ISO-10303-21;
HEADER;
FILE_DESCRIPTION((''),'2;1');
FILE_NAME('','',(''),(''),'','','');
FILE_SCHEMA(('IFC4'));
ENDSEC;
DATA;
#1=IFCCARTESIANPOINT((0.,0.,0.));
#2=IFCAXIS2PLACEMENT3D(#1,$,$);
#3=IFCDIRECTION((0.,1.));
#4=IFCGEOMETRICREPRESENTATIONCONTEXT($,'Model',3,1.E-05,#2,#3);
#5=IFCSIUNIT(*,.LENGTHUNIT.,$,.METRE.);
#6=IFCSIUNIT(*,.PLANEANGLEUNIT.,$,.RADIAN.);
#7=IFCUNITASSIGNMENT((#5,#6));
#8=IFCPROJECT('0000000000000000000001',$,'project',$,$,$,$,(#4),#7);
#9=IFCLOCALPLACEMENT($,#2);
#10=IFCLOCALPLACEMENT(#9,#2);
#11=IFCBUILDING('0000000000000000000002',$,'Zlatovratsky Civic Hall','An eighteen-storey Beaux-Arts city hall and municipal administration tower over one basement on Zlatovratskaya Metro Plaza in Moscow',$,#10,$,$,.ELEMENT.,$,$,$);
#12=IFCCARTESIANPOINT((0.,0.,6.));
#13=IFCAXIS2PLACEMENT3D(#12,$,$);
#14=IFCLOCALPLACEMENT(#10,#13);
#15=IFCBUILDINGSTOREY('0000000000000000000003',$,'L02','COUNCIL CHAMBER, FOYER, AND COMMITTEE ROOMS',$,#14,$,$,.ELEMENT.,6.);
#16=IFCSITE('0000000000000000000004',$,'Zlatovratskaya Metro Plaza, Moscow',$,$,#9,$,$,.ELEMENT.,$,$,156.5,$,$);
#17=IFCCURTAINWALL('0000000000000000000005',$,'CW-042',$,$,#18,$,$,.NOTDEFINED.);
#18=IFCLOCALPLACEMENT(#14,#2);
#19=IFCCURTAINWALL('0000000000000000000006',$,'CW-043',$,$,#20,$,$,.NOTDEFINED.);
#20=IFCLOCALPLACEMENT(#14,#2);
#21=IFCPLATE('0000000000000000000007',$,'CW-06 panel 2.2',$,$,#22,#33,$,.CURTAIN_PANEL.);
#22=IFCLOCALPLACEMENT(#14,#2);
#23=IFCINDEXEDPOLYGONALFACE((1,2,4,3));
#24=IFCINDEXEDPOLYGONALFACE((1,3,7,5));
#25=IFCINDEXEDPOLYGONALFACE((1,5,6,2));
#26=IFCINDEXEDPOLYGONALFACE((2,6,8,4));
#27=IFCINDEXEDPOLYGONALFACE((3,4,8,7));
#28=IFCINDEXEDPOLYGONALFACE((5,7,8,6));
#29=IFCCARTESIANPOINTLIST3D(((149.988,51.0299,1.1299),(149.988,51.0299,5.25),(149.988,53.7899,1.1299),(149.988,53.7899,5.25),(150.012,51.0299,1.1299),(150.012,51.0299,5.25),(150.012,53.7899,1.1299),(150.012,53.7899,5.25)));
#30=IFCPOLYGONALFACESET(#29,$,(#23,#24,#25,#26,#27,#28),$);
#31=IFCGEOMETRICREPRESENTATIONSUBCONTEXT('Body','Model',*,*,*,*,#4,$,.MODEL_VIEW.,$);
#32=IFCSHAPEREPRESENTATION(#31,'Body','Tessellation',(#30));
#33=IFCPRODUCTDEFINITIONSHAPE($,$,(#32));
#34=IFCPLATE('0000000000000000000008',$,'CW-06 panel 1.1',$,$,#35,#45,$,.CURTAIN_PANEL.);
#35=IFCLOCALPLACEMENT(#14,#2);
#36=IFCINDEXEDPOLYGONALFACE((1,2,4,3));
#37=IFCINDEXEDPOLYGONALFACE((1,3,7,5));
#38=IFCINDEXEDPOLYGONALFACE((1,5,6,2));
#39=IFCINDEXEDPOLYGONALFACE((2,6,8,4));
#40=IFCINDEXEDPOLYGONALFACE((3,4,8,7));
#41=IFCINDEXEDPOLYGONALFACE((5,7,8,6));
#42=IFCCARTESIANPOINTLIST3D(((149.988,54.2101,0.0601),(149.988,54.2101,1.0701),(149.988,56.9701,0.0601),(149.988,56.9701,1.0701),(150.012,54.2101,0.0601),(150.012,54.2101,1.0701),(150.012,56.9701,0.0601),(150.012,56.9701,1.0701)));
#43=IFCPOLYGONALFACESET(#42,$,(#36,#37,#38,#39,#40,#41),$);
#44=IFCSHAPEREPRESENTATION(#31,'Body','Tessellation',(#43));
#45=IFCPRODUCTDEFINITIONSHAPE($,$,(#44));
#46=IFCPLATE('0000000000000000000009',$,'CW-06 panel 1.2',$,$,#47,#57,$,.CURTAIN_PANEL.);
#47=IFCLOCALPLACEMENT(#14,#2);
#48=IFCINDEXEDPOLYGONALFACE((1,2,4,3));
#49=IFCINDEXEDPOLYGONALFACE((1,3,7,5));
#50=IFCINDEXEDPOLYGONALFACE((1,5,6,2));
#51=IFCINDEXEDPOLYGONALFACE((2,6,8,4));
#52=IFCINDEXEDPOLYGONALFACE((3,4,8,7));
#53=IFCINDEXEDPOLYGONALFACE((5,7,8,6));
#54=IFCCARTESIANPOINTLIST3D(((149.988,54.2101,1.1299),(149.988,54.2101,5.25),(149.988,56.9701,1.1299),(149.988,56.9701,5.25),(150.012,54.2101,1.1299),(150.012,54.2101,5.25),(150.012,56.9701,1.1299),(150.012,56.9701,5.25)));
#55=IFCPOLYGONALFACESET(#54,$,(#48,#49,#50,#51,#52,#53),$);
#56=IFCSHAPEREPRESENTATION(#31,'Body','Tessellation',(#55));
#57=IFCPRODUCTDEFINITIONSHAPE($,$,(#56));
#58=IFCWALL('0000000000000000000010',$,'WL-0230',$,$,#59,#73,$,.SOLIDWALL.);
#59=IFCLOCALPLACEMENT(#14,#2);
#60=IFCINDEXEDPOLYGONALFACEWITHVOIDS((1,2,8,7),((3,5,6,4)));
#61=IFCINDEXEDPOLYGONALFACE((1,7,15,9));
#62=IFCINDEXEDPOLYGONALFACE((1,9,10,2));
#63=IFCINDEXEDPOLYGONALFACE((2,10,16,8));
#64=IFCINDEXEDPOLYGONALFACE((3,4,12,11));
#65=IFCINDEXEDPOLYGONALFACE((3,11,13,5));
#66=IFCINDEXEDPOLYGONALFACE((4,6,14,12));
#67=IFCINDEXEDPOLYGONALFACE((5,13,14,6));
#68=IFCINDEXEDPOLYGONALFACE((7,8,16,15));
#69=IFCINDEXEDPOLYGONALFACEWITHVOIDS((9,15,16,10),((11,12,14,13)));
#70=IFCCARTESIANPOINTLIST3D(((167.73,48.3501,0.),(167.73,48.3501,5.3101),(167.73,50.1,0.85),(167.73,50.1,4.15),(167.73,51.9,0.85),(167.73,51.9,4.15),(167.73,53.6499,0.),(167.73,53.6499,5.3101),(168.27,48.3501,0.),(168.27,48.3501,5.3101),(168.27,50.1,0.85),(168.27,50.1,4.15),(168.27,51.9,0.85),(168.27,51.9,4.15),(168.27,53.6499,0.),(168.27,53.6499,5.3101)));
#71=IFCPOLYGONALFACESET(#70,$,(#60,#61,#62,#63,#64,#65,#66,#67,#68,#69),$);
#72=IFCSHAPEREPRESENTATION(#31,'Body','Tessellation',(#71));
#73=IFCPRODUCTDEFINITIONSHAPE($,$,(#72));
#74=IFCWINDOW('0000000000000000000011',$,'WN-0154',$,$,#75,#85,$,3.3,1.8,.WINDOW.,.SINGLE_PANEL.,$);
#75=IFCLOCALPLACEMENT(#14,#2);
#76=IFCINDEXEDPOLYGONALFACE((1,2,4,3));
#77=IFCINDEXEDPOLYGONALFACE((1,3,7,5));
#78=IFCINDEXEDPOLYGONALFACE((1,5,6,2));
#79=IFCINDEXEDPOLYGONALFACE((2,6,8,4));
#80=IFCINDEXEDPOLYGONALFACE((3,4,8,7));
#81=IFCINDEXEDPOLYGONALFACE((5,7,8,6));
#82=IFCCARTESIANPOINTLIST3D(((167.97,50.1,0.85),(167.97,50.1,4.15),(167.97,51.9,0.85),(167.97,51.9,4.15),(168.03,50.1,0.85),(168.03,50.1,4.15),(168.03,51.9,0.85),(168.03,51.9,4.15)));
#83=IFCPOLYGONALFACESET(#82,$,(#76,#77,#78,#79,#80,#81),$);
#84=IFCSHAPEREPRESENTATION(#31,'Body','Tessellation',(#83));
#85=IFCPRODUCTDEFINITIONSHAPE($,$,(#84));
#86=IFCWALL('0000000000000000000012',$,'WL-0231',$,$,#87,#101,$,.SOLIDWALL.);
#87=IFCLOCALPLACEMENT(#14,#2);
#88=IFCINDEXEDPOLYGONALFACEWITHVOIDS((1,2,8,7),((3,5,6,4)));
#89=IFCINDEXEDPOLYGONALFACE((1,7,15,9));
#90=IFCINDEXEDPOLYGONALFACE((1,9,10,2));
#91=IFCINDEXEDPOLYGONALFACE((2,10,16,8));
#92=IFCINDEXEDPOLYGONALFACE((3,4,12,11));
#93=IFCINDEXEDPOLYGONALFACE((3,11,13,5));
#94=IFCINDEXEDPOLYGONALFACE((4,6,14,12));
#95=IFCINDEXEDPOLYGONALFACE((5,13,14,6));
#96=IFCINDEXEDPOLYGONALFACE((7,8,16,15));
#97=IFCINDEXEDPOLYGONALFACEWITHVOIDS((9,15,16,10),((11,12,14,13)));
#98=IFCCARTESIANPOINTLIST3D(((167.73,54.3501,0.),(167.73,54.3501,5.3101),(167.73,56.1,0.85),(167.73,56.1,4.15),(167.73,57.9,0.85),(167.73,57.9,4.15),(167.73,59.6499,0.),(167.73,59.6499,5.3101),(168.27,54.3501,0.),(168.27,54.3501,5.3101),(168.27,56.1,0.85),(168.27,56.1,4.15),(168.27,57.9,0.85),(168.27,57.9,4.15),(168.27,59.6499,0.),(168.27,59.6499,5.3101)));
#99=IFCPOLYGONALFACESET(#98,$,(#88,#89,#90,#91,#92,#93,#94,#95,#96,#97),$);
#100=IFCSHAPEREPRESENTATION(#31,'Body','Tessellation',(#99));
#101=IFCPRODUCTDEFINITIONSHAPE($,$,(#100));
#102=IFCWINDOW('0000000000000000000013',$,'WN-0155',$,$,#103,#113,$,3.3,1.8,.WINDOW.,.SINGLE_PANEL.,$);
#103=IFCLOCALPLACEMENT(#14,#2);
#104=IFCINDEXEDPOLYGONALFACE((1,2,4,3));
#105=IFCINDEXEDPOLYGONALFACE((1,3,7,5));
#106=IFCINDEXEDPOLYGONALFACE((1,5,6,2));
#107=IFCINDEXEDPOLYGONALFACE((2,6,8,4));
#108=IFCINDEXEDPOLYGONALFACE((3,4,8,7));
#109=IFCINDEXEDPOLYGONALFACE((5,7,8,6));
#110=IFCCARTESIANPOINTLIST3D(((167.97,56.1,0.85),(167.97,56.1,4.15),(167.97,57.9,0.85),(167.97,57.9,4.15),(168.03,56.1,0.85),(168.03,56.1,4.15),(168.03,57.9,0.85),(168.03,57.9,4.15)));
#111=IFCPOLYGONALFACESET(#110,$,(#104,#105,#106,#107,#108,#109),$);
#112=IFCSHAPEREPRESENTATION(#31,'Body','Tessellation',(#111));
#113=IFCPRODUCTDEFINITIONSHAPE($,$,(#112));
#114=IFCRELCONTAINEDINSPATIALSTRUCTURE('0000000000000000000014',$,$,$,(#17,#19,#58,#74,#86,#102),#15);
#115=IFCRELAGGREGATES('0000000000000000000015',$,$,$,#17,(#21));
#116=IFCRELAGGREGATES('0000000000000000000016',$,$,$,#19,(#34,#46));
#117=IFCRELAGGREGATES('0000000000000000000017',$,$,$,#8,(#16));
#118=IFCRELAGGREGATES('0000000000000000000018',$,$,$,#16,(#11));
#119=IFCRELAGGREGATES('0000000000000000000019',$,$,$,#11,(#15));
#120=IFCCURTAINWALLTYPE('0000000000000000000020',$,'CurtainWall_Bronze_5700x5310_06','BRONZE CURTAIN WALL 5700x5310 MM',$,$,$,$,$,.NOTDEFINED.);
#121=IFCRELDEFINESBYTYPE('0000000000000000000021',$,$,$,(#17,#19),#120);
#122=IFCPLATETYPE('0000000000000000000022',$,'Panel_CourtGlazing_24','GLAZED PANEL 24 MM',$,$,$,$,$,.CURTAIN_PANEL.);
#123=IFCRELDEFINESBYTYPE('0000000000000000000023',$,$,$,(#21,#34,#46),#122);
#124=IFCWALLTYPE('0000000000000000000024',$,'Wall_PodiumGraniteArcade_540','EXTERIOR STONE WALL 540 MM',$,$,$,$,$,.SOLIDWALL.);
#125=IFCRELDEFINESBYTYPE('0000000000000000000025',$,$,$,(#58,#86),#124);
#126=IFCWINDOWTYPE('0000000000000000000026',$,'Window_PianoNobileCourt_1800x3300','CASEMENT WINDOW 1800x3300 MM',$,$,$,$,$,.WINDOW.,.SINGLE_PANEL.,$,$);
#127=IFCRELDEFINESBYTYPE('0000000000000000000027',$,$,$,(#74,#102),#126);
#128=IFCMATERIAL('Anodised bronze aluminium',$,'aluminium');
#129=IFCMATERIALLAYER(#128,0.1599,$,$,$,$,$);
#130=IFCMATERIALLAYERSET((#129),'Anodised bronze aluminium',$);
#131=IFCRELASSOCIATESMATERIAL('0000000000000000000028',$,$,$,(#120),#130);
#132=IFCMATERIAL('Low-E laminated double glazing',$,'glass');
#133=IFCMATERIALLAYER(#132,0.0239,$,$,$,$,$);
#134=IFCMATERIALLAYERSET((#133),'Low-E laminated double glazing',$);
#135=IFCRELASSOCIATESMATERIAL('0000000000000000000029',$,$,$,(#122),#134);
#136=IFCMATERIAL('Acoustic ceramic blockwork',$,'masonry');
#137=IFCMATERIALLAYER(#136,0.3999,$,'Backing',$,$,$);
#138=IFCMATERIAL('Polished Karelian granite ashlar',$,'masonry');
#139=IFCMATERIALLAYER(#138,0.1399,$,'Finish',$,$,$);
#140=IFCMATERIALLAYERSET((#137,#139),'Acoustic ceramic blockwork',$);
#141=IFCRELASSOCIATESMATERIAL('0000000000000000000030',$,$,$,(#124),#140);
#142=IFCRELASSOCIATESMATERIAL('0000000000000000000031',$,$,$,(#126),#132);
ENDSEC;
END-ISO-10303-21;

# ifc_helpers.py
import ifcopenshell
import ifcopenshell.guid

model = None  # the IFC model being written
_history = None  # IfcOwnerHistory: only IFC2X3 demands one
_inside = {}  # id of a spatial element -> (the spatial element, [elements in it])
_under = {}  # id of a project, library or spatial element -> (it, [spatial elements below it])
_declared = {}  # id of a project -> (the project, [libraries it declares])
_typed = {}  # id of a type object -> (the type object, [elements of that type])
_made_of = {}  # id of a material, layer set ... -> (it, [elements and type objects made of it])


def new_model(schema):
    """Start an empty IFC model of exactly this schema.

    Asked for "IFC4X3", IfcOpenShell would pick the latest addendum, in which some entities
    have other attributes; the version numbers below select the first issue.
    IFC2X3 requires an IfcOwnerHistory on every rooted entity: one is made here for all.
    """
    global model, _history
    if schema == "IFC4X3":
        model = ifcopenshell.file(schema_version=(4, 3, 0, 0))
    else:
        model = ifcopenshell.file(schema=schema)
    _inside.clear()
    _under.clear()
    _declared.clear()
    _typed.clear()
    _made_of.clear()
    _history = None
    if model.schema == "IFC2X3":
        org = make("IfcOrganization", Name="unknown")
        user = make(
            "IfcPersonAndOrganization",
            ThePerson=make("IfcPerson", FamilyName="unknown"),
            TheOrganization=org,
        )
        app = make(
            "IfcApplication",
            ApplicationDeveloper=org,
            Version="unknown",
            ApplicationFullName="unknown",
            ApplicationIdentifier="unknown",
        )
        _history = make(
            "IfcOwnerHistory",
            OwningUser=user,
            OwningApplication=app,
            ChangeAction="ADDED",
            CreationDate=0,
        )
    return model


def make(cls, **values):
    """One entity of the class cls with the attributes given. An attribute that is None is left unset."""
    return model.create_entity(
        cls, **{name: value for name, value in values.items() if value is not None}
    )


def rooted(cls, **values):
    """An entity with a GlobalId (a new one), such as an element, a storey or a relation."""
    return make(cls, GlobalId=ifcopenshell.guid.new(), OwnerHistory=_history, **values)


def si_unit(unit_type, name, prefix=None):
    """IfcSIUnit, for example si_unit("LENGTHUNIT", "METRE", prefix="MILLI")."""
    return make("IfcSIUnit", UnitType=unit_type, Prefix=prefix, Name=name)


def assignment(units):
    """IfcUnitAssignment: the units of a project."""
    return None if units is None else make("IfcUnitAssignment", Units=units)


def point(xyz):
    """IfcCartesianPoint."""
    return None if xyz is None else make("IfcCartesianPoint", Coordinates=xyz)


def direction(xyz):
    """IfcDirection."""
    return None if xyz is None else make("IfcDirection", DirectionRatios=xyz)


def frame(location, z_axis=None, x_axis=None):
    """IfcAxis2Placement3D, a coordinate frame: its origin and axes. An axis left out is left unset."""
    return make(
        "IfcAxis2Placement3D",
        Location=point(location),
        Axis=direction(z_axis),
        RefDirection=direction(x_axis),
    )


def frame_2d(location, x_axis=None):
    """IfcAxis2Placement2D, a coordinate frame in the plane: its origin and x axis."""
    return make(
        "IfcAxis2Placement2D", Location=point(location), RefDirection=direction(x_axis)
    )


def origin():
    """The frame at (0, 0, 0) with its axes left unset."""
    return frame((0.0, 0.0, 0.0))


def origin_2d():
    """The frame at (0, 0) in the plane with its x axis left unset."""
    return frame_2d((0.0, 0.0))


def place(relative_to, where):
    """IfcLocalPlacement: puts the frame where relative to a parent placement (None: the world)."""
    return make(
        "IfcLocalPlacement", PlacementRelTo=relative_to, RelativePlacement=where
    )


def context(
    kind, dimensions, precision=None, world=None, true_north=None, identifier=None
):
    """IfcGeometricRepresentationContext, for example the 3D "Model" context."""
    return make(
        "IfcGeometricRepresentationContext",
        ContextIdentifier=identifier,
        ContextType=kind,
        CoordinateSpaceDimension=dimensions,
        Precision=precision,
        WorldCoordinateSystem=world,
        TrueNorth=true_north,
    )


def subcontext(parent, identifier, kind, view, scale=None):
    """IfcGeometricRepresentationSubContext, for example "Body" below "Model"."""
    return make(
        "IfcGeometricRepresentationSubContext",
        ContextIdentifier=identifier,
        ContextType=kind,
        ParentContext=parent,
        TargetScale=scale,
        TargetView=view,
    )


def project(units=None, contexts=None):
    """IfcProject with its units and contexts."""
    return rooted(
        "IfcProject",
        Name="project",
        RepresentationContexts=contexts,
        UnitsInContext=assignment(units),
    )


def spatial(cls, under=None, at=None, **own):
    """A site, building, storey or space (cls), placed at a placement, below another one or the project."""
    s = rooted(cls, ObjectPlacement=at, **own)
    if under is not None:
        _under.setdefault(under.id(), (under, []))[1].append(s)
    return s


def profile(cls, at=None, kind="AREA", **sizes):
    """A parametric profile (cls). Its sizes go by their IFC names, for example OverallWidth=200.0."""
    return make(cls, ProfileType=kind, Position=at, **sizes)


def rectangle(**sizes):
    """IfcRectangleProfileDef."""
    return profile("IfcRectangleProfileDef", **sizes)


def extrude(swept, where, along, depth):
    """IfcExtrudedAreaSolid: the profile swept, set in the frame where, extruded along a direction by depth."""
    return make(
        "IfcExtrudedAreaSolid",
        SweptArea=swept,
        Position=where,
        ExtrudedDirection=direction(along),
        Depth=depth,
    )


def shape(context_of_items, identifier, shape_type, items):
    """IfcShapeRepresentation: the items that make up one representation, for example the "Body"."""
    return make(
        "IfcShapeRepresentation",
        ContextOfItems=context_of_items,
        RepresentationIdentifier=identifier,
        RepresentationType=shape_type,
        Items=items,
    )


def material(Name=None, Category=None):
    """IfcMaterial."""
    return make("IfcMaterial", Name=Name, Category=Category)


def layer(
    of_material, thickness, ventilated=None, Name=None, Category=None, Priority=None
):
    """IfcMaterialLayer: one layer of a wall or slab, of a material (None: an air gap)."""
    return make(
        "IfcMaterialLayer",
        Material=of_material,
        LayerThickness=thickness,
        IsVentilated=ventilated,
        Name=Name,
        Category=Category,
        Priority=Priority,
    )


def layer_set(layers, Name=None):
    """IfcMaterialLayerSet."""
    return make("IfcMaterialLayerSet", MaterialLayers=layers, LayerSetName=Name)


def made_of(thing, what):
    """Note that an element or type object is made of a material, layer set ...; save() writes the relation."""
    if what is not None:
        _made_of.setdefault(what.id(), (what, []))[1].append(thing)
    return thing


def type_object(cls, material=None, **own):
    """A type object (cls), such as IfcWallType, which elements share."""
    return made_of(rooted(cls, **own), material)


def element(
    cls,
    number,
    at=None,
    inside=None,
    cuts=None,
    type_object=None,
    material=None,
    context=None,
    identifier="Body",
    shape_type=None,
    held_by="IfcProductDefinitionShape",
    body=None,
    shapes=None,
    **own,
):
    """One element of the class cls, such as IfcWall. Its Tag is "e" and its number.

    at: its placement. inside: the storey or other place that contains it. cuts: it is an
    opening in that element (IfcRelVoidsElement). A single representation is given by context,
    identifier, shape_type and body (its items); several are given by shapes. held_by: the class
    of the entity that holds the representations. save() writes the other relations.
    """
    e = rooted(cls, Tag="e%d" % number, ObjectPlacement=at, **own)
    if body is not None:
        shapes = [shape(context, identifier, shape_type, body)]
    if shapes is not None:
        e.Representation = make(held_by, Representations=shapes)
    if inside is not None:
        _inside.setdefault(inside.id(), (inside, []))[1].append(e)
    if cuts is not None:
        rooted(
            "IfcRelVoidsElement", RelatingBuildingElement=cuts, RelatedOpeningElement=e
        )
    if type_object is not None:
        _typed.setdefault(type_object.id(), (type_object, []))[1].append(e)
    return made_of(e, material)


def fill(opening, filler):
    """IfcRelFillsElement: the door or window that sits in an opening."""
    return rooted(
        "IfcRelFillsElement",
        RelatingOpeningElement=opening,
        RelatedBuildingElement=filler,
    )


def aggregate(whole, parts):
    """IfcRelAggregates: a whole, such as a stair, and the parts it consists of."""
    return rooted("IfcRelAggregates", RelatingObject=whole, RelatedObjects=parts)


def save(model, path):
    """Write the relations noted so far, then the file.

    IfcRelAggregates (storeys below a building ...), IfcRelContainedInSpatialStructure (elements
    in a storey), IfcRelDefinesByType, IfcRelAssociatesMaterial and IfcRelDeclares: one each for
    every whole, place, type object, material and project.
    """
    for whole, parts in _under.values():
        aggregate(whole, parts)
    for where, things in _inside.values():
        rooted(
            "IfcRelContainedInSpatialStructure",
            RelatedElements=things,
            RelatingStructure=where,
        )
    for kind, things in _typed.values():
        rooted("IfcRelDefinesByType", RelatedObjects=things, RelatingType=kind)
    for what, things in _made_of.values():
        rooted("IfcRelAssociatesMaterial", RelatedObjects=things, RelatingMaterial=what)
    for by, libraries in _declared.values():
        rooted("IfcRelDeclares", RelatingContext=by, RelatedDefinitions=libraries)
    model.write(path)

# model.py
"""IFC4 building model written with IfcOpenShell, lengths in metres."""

from ifc_helpers import new_model, si_unit, direction, frame, frame_2d, origin, origin_2d, place, context, subcontext, project, spatial, rectangle, extrude, material, layer, layer_set, type_object, element, fill, aggregate, save


model = new_model("IFC4")

# Units and contexts
model_context = context("Model", 3, precision=1e-05, world=origin(), true_north=direction((0.0, 1.0)))
body_context = subcontext(model_context, "Body", "Model", "MODEL_VIEW")
ifc_project = project(units=[si_unit("LENGTHUNIT", "METRE"), si_unit("PLANEANGLEUNIT", "RADIAN")], contexts=[model_context])

# Site, building, storey
site_placement = place(None, origin())
site = spatial("IfcSite", under=ifc_project, at=site_placement, Name="Zlatovratskaya Metro Plaza, Moscow", CompositionType="ELEMENT", RefElevation=156.5)
building_placement = place(site_placement, origin())
building = spatial("IfcBuilding", under=site, at=building_placement, Name="Zlatovratsky Civic Hall", Description="An eighteen-storey Beaux-Arts city hall and municipal administration tower over one basement on Zlatovratskaya Metro Plaza in Moscow", CompositionType="ELEMENT")
storey_placement = place(building_placement, frame((0.0, 0.0, 6.0)))
storey = spatial("IfcBuildingStorey", under=building, at=storey_placement, Name="L02", Description="COUNCIL CHAMBER, FOYER, AND COMMITTEE ROOMS", CompositionType="ELEMENT", Elevation=6.0)

# Curtain walls
ifc_material_1 = material(Name="Anodised bronze aluminium", Category="aluminium")
ifc_layer_1 = layer(ifc_material_1, 0.1599)
ifc_layer_set_1 = layer_set([ifc_layer_1], Name="Anodised bronze aluminium")
curtain_wall_type = type_object("IfcCurtainWallType", Name="CurtainWall_Bronze_5700x5310_06", Description="BRONZE CURTAIN WALL 5700x5310 MM", PredefinedType="NOTDEFINED", material=ifc_layer_set_1)
curtain_wall_1_placement = place(storey_placement, origin())
curtain_wall_1 = element("IfcCurtainWall", 1, at=curtain_wall_1_placement, inside=storey, type_object=curtain_wall_type, Name="CW-042", PredefinedType="NOTDEFINED")
curtain_wall_2_placement = place(storey_placement, origin())
curtain_wall_2 = element("IfcCurtainWall", 2, at=curtain_wall_2_placement, inside=storey, type_object=curtain_wall_type, Name="CW-043", PredefinedType="NOTDEFINED")

# Plates
ifc_material_2 = material(Name="Low-E laminated double glazing", Category="glass")
ifc_layer_2 = layer(ifc_material_2, 0.0239)
ifc_layer_set_2 = layer_set([ifc_layer_2], Name="Low-E laminated double glazing")
plate_type = type_object("IfcPlateType", Name="Panel_CourtGlazing_24", Description="GLAZED PANEL 24 MM", PredefinedType="CURTAIN_PANEL", material=ifc_layer_set_2)
plate_1_placement = place(storey_placement, frame((150.0, 52.4099, 1.1299), z_axis=(0.0, 0.0, 1.0), x_axis=(0.0, 1.0, 0.0)))
plate_1 = element("IfcPlate", 3, at=plate_1_placement, type_object=plate_type, Name="CW-06 panel 2.2", PredefinedType="CURTAIN_PANEL", context=body_context, shape_type="SweptSolid", body=[
    extrude(rectangle(XDim=2.76, YDim=0.0239, at=origin_2d()), origin(), (0.0, 0.0, 1.0), 4.1201),
])
aggregate(curtain_wall_1, [plate_1])
plate_2_placement = place(storey_placement, frame((150.0, 55.5901, 0.0601), z_axis=(0.0, 0.0, 1.0), x_axis=(0.0, 1.0, 0.0)))
plate_2 = element("IfcPlate", 4, at=plate_2_placement, type_object=plate_type, Name="CW-06 panel 1.1", PredefinedType="CURTAIN_PANEL", context=body_context, shape_type="SweptSolid", body=[
    extrude(rectangle(XDim=2.76, YDim=0.0239, at=origin_2d()), origin(), (0.0, 0.0, 1.0), 1.01),
])
plate_3_placement = place(storey_placement, frame((150.0, 55.5901, 1.1299), z_axis=(0.0, 0.0, 1.0), x_axis=(0.0, 1.0, 0.0)))
plate_3 = element("IfcPlate", 5, at=plate_3_placement, type_object=plate_type, Name="CW-06 panel 1.2", PredefinedType="CURTAIN_PANEL", context=body_context, shape_type="SweptSolid", body=[
    extrude(rectangle(XDim=2.76, YDim=0.0239, at=origin_2d()), origin(), (0.0, 0.0, 1.0), 4.1201),
])
aggregate(curtain_wall_2, [plate_2, plate_3])

# Walls, openings, windows
ifc_material_3 = material(Name="Acoustic ceramic blockwork", Category="masonry")
ifc_layer_3 = layer(ifc_material_3, 0.3999, Name="Backing")
ifc_material_4 = material(Name="Polished Karelian granite ashlar", Category="masonry")
ifc_layer_4 = layer(ifc_material_4, 0.1399, Name="Finish")
ifc_layer_set_3 = layer_set([ifc_layer_3, ifc_layer_4], Name="Acoustic ceramic blockwork")
wall_type = type_object("IfcWallType", Name="Wall_PodiumGraniteArcade_540", Description="EXTERIOR STONE WALL 540 MM", PredefinedType="SOLIDWALL", material=ifc_layer_set_3)
wall_1_placement = place(storey_placement, frame((168.0, 48.3501, 0.0), z_axis=(0.0, 0.0, 1.0), x_axis=(0.0, 1.0, 0.0)))
wall_1 = element("IfcWall", 6, at=wall_1_placement, inside=storey, type_object=wall_type, Name="WL-0230", PredefinedType="SOLIDWALL", context=body_context, shape_type="SweptSolid", body=[
    extrude(rectangle(XDim=5.2998, YDim=0.54, at=frame_2d((2.6499, 0.0))), origin(), (0.0, 0.0, 1.0), 5.3101),
])
opening_1_placement = place(wall_1_placement, frame((1.75, 0.0, 0.8501)))
opening_1 = element("IfcOpeningElement", 7, at=opening_1_placement, cuts=wall_1, PredefinedType="OPENING", context=body_context, shape_type="SweptSolid", body=[
    extrude(rectangle(XDim=1.8, YDim=3.3, at=frame_2d((0.8999, 1.6499))), frame((0.0, 0.2849, 0.0), z_axis=(0.0, -1.0, 0.0), x_axis=(1.0, 0.0, 0.0)), (0.0, 0.0, 1.0), 0.5698),
])
window_type = type_object("IfcWindowType", Name="Window_PianoNobileCourt_1800x3300", Description="CASEMENT WINDOW 1800x3300 MM", PartitioningType="SINGLE_PANEL", PredefinedType="WINDOW", material=ifc_material_2)
window_1_placement = place(opening_1_placement, origin())
window_1 = element("IfcWindow", 8, at=window_1_placement, inside=storey, type_object=window_type, Name="WN-0154", OverallHeight=3.3, OverallWidth=1.8, PartitioningType="SINGLE_PANEL", PredefinedType="WINDOW", context=body_context, shape_type="SweptSolid", body=[
    extrude(rectangle(XDim=1.8, YDim=3.3, at=frame_2d((0.8999, 1.6499))), frame((0.0, 0.03, 0.0), z_axis=(0.0, -1.0, 0.0), x_axis=(1.0, 0.0, 0.0)), (0.0, 0.0, 1.0), 0.0601),
])
fill(opening_1, window_1)
wall_2_placement = place(storey_placement, frame((168.0, 54.3501, 0.0), z_axis=(0.0, 0.0, 1.0), x_axis=(0.0, 1.0, 0.0)))
wall_2 = element("IfcWall", 9, at=wall_2_placement, inside=storey, type_object=wall_type, Name="WL-0231", PredefinedType="SOLIDWALL", context=body_context, shape_type="SweptSolid", body=[
    extrude(rectangle(XDim=5.2998, YDim=0.54, at=frame_2d((2.6499, 0.0))), origin(), (0.0, 0.0, 1.0), 5.3101),
])
opening_2_placement = place(wall_2_placement, frame((1.75, 0.0, 0.8501)))
opening_2 = element("IfcOpeningElement", 10, at=opening_2_placement, cuts=wall_2, PredefinedType="OPENING", context=body_context, shape_type="SweptSolid", body=[
    extrude(rectangle(XDim=1.8, YDim=3.3, at=frame_2d((0.8999, 1.6499))), frame((0.0, 0.2849, 0.0), z_axis=(0.0, -1.0, 0.0), x_axis=(1.0, 0.0, 0.0)), (0.0, 0.0, 1.0), 0.5698),
])
window_2_placement = place(opening_2_placement, origin())
window_2 = element("IfcWindow", 11, at=window_2_placement, inside=storey, type_object=window_type, Name="WN-0155", OverallHeight=3.3, OverallWidth=1.8, PartitioningType="SINGLE_PANEL", PredefinedType="WINDOW", context=body_context, shape_type="SweptSolid", body=[
    extrude(rectangle(XDim=1.8, YDim=3.3, at=frame_2d((0.8999, 1.6499))), frame((0.0, 0.03, 0.0), z_axis=(0.0, -1.0, 0.0), x_axis=(1.0, 0.0, 0.0)), (0.0, 0.0, 1.0), 0.0601),
])
fill(opening_2, window_2)

save(model, "model.ifc")
